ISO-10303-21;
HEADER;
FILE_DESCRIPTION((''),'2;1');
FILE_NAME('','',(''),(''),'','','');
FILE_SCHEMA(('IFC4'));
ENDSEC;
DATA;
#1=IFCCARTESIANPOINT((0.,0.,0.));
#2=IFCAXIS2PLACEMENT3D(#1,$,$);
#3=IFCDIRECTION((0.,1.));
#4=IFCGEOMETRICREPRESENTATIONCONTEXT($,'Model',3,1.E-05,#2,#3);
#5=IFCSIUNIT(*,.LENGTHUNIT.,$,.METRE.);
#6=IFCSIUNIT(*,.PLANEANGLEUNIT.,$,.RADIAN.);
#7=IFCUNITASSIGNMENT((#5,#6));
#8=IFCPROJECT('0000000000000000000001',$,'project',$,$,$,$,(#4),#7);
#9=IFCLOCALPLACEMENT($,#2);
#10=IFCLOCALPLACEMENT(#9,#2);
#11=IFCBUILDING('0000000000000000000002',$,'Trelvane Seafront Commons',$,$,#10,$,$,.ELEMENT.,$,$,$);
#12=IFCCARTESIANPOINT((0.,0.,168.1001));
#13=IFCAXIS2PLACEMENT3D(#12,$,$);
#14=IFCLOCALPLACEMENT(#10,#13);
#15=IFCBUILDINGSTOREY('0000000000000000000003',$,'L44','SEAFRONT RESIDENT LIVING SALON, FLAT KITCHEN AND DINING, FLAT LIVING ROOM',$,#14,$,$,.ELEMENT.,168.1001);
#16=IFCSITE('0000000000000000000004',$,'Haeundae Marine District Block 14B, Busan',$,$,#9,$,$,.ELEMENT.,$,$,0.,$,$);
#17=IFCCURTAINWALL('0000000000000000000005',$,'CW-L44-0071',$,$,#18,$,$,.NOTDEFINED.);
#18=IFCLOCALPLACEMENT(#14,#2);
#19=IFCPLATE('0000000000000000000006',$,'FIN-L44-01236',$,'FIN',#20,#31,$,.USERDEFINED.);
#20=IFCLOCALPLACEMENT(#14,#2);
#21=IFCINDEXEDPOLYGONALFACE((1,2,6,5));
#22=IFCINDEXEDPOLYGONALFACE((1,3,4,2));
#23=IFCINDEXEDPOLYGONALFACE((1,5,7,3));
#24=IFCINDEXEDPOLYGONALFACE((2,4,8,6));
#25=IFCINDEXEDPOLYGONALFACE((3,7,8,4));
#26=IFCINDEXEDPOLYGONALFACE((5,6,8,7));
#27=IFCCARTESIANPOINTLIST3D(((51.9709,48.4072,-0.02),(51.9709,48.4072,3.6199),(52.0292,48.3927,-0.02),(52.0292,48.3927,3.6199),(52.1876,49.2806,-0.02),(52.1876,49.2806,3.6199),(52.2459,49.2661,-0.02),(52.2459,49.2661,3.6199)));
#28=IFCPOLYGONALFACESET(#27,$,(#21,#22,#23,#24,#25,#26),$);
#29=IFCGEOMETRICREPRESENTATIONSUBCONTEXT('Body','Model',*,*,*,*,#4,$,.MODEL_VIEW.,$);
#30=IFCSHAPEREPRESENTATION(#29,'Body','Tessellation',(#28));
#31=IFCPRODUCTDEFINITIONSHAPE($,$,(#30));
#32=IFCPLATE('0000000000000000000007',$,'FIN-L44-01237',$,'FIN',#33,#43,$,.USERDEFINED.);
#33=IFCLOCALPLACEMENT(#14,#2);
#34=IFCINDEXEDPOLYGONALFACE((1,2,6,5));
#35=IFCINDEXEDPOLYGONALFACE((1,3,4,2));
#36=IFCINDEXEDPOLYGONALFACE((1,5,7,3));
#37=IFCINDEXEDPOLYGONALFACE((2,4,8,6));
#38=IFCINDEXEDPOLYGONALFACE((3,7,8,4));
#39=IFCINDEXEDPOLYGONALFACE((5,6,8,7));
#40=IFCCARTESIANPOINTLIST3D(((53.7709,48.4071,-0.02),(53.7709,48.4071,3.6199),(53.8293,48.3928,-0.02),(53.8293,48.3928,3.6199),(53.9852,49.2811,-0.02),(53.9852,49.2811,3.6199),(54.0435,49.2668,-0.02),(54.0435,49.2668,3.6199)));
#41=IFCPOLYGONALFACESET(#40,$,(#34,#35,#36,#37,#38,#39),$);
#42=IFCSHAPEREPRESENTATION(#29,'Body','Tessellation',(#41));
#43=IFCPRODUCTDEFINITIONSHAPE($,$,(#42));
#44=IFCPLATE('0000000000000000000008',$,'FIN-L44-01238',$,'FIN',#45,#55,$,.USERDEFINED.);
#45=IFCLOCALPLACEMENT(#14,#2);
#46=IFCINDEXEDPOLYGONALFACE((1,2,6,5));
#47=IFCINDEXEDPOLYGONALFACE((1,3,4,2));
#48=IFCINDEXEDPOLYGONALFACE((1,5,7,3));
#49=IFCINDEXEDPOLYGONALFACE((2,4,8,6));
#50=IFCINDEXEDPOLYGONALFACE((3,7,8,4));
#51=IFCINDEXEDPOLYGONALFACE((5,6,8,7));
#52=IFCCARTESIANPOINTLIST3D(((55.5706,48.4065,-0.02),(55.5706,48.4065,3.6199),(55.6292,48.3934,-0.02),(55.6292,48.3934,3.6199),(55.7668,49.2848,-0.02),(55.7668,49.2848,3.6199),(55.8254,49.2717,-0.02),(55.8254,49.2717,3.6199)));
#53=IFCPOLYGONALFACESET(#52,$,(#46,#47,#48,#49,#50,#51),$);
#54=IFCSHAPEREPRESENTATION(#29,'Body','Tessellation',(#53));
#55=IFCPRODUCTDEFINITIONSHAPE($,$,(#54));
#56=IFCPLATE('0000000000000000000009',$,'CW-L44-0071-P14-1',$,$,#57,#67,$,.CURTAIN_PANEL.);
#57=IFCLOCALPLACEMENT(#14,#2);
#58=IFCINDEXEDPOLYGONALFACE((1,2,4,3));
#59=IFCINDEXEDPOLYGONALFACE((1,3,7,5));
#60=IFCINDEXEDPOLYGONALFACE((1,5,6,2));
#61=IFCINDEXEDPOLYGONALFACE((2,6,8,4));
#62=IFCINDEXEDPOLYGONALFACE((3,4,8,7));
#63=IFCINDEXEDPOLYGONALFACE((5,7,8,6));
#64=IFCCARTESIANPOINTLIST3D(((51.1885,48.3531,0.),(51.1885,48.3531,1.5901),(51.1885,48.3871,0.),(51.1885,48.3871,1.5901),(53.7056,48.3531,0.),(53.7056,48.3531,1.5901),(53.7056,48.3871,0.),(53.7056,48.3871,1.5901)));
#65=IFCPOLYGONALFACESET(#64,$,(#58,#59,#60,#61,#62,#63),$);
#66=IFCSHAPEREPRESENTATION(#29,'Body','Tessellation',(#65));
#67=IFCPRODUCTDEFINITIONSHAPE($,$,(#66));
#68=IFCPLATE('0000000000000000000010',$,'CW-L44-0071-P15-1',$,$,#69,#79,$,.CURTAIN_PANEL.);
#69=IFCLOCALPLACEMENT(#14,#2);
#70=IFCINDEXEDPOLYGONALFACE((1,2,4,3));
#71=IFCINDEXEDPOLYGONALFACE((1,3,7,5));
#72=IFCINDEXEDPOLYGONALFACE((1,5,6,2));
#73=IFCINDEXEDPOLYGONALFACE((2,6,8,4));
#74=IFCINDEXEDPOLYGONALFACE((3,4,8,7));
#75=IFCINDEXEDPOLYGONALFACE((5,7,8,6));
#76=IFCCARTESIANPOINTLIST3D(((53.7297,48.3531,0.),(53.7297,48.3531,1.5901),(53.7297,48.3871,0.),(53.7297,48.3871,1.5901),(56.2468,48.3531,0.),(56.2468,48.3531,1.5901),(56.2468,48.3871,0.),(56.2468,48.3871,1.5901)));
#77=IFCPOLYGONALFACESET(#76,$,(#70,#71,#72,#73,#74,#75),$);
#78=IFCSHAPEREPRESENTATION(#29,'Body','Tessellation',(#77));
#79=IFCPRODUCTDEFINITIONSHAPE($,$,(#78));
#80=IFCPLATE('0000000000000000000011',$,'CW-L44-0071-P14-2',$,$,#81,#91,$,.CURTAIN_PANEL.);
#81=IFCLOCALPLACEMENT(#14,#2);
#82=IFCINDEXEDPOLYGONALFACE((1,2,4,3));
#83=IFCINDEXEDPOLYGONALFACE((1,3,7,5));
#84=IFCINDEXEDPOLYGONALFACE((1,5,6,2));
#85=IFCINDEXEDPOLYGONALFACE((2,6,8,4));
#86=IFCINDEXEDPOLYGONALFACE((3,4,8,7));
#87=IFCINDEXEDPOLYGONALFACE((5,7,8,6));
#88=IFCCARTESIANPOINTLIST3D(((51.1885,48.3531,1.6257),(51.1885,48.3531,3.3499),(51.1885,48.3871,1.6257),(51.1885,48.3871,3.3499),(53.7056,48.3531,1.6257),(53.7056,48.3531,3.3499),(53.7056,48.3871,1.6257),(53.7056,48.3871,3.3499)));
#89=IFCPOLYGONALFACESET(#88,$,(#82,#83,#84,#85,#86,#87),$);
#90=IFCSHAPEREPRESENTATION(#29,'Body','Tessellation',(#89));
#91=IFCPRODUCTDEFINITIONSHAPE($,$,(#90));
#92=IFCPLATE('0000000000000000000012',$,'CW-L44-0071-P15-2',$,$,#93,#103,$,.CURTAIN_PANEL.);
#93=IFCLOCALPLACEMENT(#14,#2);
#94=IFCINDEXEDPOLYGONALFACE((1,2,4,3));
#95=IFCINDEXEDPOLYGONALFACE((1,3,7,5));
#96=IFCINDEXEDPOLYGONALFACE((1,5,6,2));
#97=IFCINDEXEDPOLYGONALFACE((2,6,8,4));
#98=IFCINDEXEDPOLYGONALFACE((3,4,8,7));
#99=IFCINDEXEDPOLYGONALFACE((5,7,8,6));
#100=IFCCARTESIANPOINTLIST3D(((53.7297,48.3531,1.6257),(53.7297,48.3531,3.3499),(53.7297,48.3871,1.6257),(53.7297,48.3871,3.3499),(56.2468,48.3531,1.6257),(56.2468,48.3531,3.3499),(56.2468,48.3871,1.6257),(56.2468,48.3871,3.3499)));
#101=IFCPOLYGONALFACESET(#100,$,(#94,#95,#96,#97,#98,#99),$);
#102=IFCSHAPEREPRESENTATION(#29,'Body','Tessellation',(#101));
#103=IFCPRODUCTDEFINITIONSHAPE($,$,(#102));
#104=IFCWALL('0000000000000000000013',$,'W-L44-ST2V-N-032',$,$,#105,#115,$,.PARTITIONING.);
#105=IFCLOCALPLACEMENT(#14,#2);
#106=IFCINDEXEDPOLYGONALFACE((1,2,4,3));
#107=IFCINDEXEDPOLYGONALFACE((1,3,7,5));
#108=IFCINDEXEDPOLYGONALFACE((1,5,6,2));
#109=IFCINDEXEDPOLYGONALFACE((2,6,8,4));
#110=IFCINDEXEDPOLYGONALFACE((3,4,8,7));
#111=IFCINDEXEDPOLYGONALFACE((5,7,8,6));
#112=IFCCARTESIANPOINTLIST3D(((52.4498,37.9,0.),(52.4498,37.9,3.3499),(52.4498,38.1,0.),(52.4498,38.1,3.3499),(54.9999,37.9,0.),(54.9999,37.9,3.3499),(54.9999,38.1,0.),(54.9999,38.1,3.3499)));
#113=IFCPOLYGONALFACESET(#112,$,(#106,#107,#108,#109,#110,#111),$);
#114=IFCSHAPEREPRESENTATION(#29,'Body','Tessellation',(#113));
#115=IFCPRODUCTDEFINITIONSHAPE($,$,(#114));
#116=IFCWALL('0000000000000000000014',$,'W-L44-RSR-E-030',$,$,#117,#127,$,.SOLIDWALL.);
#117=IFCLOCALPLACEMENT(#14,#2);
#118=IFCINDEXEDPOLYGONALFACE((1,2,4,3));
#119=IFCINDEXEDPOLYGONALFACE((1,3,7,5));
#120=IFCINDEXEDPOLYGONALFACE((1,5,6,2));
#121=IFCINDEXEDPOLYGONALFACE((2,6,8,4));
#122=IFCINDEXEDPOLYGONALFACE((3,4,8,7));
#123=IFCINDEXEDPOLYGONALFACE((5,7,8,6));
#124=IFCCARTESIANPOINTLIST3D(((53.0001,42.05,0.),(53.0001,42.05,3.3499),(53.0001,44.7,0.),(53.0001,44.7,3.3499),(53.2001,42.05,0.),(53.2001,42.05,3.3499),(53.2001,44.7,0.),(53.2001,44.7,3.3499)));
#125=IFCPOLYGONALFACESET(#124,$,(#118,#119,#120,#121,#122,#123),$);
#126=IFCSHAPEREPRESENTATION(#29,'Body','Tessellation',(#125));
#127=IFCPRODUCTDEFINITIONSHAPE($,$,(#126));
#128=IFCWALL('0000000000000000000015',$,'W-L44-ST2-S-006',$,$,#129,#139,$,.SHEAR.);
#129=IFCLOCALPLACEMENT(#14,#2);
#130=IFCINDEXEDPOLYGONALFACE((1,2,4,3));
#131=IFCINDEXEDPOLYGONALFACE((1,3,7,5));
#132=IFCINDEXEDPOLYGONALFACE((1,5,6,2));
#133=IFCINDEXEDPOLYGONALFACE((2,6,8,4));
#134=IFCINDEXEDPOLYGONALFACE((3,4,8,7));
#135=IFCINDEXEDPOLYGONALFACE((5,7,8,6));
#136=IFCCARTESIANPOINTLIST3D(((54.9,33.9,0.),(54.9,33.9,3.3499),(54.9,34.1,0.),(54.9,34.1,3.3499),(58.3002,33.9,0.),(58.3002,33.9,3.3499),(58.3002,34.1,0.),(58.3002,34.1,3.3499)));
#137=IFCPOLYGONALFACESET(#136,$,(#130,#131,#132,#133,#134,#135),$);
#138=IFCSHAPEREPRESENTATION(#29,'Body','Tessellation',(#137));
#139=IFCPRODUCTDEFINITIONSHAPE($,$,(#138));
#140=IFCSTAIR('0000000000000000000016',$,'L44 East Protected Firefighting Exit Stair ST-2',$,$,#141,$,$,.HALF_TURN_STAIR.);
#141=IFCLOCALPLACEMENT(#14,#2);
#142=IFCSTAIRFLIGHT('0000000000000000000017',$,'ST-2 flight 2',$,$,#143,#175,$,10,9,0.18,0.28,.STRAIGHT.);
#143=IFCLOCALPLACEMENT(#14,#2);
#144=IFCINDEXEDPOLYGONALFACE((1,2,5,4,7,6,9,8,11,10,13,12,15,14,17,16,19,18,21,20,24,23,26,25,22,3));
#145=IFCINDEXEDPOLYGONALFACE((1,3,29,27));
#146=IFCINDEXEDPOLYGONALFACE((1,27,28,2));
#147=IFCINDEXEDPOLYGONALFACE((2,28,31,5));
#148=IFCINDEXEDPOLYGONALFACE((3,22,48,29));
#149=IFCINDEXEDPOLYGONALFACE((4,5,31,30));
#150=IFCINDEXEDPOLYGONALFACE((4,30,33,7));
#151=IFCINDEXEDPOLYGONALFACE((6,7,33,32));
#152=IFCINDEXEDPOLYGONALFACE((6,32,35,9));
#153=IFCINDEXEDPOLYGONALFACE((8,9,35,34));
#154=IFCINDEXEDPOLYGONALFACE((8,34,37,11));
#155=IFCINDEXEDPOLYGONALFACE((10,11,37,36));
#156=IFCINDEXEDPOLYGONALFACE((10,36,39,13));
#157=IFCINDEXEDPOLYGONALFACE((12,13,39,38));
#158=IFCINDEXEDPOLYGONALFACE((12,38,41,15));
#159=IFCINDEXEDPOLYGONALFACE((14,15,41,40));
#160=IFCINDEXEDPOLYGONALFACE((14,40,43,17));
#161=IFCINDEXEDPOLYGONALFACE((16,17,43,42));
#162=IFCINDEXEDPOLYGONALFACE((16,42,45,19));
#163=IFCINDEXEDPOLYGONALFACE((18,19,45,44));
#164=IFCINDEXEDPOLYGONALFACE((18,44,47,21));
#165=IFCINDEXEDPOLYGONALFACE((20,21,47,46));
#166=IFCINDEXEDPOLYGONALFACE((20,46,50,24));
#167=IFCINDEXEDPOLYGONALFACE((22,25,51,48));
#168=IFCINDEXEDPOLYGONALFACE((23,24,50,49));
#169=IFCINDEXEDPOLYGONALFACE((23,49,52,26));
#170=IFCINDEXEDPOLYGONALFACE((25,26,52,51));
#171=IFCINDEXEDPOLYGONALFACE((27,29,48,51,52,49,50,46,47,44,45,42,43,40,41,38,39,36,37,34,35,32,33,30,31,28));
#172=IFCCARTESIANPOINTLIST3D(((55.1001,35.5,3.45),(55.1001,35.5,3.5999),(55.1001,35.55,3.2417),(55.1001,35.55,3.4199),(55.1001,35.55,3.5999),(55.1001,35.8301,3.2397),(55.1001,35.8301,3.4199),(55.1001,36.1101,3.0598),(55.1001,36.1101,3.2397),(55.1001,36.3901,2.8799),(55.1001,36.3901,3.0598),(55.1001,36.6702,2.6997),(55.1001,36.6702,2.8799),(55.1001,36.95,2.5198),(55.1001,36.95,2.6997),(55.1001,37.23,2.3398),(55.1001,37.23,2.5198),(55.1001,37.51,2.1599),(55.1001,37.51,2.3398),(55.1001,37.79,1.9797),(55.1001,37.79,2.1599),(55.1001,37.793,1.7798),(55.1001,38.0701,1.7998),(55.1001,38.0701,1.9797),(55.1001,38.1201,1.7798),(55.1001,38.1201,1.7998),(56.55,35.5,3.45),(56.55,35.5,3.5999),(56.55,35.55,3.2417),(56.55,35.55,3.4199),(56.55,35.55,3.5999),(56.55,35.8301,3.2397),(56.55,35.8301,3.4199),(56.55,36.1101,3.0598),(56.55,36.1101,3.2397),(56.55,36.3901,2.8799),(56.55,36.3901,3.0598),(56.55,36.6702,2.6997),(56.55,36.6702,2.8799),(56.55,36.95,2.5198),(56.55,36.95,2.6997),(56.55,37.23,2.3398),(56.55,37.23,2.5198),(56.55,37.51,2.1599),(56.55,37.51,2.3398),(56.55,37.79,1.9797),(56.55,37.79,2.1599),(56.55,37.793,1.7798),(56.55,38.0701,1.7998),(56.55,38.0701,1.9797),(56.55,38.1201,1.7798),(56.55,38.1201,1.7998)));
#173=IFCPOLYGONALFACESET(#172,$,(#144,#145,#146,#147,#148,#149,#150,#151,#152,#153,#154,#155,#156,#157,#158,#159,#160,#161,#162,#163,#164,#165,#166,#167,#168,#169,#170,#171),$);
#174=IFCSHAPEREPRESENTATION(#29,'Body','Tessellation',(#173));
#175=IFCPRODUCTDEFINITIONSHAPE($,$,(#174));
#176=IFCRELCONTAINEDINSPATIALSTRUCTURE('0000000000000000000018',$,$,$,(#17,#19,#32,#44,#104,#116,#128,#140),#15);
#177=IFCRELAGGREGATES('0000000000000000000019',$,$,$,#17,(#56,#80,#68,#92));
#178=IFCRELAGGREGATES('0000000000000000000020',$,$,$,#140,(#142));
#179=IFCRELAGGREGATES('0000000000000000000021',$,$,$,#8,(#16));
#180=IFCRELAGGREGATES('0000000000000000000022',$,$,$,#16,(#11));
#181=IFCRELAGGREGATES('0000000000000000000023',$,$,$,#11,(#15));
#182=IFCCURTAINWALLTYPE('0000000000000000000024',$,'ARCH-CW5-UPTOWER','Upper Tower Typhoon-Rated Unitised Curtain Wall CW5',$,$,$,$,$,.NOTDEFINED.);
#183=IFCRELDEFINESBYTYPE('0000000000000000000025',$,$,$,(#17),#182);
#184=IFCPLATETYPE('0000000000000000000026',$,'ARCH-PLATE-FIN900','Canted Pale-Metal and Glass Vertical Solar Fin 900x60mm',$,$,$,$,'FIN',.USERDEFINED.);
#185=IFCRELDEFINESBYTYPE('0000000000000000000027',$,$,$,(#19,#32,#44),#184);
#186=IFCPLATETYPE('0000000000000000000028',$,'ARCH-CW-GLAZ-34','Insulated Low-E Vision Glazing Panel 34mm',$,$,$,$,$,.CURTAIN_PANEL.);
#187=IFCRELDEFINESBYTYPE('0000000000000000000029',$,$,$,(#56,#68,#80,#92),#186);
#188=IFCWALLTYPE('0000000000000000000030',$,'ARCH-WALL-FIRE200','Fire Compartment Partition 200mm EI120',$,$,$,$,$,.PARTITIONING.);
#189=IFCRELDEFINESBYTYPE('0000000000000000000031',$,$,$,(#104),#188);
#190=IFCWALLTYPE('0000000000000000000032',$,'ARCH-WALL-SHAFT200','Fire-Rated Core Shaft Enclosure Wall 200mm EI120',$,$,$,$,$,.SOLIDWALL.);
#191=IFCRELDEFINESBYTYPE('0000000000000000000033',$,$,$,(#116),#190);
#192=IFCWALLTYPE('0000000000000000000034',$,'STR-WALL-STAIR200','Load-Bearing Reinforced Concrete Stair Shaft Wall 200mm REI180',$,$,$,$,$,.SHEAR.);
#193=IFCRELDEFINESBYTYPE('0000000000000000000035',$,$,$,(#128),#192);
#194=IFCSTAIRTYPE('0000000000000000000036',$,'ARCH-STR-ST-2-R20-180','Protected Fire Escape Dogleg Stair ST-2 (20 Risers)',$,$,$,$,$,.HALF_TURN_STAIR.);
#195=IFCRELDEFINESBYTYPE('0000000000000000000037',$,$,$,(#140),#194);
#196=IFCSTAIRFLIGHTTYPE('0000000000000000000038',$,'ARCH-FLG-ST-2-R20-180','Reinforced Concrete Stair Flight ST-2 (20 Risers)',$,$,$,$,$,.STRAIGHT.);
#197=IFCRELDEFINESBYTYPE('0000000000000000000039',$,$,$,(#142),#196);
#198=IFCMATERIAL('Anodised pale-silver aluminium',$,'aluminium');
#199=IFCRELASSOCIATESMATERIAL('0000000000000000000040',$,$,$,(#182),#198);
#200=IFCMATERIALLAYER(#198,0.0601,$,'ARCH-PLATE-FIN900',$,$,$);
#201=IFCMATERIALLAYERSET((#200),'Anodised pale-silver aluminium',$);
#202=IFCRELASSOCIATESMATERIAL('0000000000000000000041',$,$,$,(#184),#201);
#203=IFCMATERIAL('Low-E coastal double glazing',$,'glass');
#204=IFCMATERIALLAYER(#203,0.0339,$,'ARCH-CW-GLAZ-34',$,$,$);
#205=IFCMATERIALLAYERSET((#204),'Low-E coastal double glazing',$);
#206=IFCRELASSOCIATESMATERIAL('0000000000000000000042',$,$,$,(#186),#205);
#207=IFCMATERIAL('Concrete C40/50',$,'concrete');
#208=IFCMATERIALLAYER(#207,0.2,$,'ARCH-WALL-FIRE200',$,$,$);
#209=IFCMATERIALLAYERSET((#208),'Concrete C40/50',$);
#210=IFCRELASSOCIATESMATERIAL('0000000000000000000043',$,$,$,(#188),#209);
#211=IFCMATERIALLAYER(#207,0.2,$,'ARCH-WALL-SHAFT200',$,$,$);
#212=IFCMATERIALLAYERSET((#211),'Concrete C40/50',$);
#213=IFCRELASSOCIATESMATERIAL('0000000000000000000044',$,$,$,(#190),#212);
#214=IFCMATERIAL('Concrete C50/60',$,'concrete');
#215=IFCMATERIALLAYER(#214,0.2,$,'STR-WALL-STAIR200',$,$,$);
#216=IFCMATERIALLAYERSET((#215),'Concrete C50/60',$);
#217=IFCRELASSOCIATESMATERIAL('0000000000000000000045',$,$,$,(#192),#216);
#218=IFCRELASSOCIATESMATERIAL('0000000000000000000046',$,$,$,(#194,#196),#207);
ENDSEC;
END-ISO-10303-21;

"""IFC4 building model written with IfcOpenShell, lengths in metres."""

from ifc_helpers import new_model, si_unit, direction, frame, frame_2d, origin, origin_2d, place, context, subcontext, project, spatial, polyline, rectangle, outline, extrude, source, transform, mapped, material, layer, layer_set, type_object, element, aggregate, save


model = new_model("IFC4")

# Units and contexts
model_context = context("Model", 3, precision=1e-05, world=origin(), true_north=direction((0.0, 1.0)))
body_context = subcontext(model_context, "Body", "Model", "MODEL_VIEW")
ifc_project = project(units=[si_unit("LENGTHUNIT", "METRE"), si_unit("PLANEANGLEUNIT", "RADIAN")], contexts=[model_context])

# Site, building, storey
site_placement = place(None, origin())
site = spatial("IfcSite", under=ifc_project, at=site_placement, Name="Haeundae Marine District Block 14B, Busan", CompositionType="ELEMENT", RefElevation=0.0)
building_placement = place(site_placement, origin())
building = spatial("IfcBuilding", under=site, at=building_placement, Name="Trelvane Seafront Commons", CompositionType="ELEMENT")
storey_placement = place(building_placement, frame((0.0, 0.0, 168.1001)))
storey = spatial("IfcBuildingStorey", under=building, at=storey_placement, Name="L44", Description="SEAFRONT RESIDENT LIVING SALON, FLAT KITCHEN AND DINING, FLAT LIVING ROOM", CompositionType="ELEMENT", Elevation=168.1001)

# Shared definitions
ifc_material_1 = material(Name="Concrete C50/60", Category="concrete")

# Curtain wall
ifc_material_2 = material(Name="Anodised pale-silver aluminium", Category="aluminium")
curtain_wall_type = type_object("IfcCurtainWallType", Name="ARCH-CW5-UPTOWER", Description="Upper Tower Typhoon-Rated Unitised Curtain Wall CW5", PredefinedType="NOTDEFINED", material=ifc_material_2)
curtain_wall_placement = place(storey_placement, origin())
curtain_wall = element("IfcCurtainWall", 1, at=curtain_wall_placement, inside=storey, type_object=curtain_wall_type, Name="CW-L44-0071", PredefinedType="NOTDEFINED")

# Plates
ifc_layer_1 = layer(ifc_material_2, 0.0601, Name="ARCH-PLATE-FIN900")
ifc_layer_set_1 = layer_set([ifc_layer_1], Name="Anodised pale-silver aluminium")
plate_type_1 = type_object("IfcPlateType", Name="ARCH-PLATE-FIN900", Description="Canted Pale-Metal and Glass Vertical Solar Fin 900x60mm", ElementType="FIN", PredefinedType="USERDEFINED", material=ifc_layer_set_1)
shared_shape_1 = source(origin(), body_context, "Body", "SweptSolid", [
    extrude(rectangle(XDim=0.8999, YDim=0.0601, at=origin_2d()), origin(), (0.0, 0.0, 1.0), 3.6399),
])
for number, where, z_axis, x_axis, name in (
    (2, (52.1084, 48.8367, -0.02), (0.0, 0.0, 1.0), (0.240889, 0.970553, 0.0), "FIN-L44-01236"),
    (3, (53.9072, 48.8369, -0.02), (0.0, 0.0, 1.0), (0.238115, 0.971237, 0.0), "FIN-L44-01237"),
    (4, (55.698, 48.8391, -0.02), (0.0, 0.0, 1.0), (0.21799, 0.975951, 0.0), "FIN-L44-01238"),
):
    element("IfcPlate", number, at=place(storey_placement, frame(where, z_axis=z_axis, x_axis=x_axis)), inside=storey, type_object=plate_type_1, Name=name, ObjectType="FIN", PredefinedType="USERDEFINED", context=body_context, shape_type="MappedRepresentation", body=[
        mapped(shared_shape_1, transform((0.0, 0.0, 0.0), x_axis=(1.0, 0.0, 0.0), y_axis=(0.0, 1.0, 0.0), z_axis=(0.0, 0.0, 1.0), scale=1.0)),
    ])

# Plates
ifc_material_3 = material(Name="Low-E coastal double glazing", Category="glass")
ifc_layer_2 = layer(ifc_material_3, 0.0339, Name="ARCH-CW-GLAZ-34")
ifc_layer_set_2 = layer_set([ifc_layer_2], Name="Low-E coastal double glazing")
plate_type_2 = type_object("IfcPlateType", Name="ARCH-CW-GLAZ-34", Description="Insulated Low-E Vision Glazing Panel 34mm", PredefinedType="CURTAIN_PANEL", material=ifc_layer_set_2)
shared_shape_2 = source(origin(), body_context, "Body", "SweptSolid", [
    extrude(rectangle(XDim=2.5171, YDim=0.0339, at=origin_2d()), origin(), (0.0, 0.0, 1.0), 1.5901),
])
plate_1_placement = place(storey_placement, frame((52.447, 48.3701, 0.0), z_axis=(0.0, 0.0, 1.0), x_axis=(1.0, 0.0, 0.0)))
plate_1 = element("IfcPlate", 5, at=plate_1_placement, type_object=plate_type_2, Name="CW-L44-0071-P14-1", PredefinedType="CURTAIN_PANEL", context=body_context, shape_type="MappedRepresentation", body=[
    mapped(shared_shape_2, transform((0.0, 0.0, 0.0), x_axis=(1.0, 0.0, 0.0), y_axis=(0.0, 1.0, 0.0), z_axis=(0.0, 0.0, 1.0), scale=1.0)),
])
plate_2_placement = place(storey_placement, frame((54.9883, 48.3701, 0.0), z_axis=(0.0, 0.0, 1.0), x_axis=(1.0, 0.0, 0.0)))
plate_2 = element("IfcPlate", 6, at=plate_2_placement, type_object=plate_type_2, Name="CW-L44-0071-P15-1", PredefinedType="CURTAIN_PANEL", context=body_context, shape_type="MappedRepresentation", body=[
    mapped(shared_shape_2, transform((0.0, 0.0, 0.0), x_axis=(1.0, 0.0, 0.0), y_axis=(0.0, 1.0, 0.0), z_axis=(0.0, 0.0, 1.0), scale=1.0)),
])
shared_shape_3 = source(origin(), body_context, "Body", "SweptSolid", [
    extrude(rectangle(XDim=2.5171, YDim=0.0339, at=origin_2d()), origin(), (0.0, 0.0, 1.0), 1.7241),
])
plate_3_placement = place(storey_placement, frame((52.447, 48.3701, 1.6257), z_axis=(0.0, 0.0, 1.0), x_axis=(1.0, 0.0, 0.0)))
plate_3 = element("IfcPlate", 7, at=plate_3_placement, type_object=plate_type_2, Name="CW-L44-0071-P14-2", PredefinedType="CURTAIN_PANEL", context=body_context, shape_type="MappedRepresentation", body=[
    mapped(shared_shape_3, transform((0.0, 0.0, 0.0), x_axis=(1.0, 0.0, 0.0), y_axis=(0.0, 1.0, 0.0), z_axis=(0.0, 0.0, 1.0), scale=1.0)),
])
plate_4_placement = place(storey_placement, frame((54.9883, 48.3701, 1.6257), z_axis=(0.0, 0.0, 1.0), x_axis=(1.0, 0.0, 0.0)))
plate_4 = element("IfcPlate", 8, at=plate_4_placement, type_object=plate_type_2, Name="CW-L44-0071-P15-2", PredefinedType="CURTAIN_PANEL", context=body_context, shape_type="MappedRepresentation", body=[
    mapped(shared_shape_3, transform((0.0, 0.0, 0.0), x_axis=(1.0, 0.0, 0.0), y_axis=(0.0, 1.0, 0.0), z_axis=(0.0, 0.0, 1.0), scale=1.0)),
])
aggregate(curtain_wall, [plate_1, plate_3, plate_2, plate_4])

# Walls
ifc_material_4 = material(Name="Concrete C40/50", Category="concrete")
ifc_layer_3 = layer(ifc_material_4, 0.2, Name="ARCH-WALL-FIRE200")
ifc_layer_set_3 = layer_set([ifc_layer_3], Name="Concrete C40/50")
wall_type_1 = type_object("IfcWallType", Name="ARCH-WALL-FIRE200", Description="Fire Compartment Partition 200mm EI120", PredefinedType="PARTITIONING", material=ifc_layer_set_3)
wall_1_placement = place(storey_placement, frame((52.45, 38.0, 0.0), z_axis=(0.0, 0.0, 1.0), x_axis=(1.0, 0.0, 0.0)))
element("IfcWall", 9, at=wall_1_placement, inside=storey, type_object=wall_type_1, Name="W-L44-ST2V-N-032", PredefinedType="PARTITIONING", context=body_context, shape_type="SweptSolid", body=[
    extrude(rectangle(XDim=2.55, YDim=0.2, at=frame_2d((1.2749, 0.0))), origin(), (0.0, 0.0, 1.0), 3.3499),
])
ifc_layer_4 = layer(ifc_material_4, 0.2, Name="ARCH-WALL-SHAFT200")
ifc_layer_set_4 = layer_set([ifc_layer_4], Name="Concrete C40/50")
wall_type_2 = type_object("IfcWallType", Name="ARCH-WALL-SHAFT200", Description="Fire-Rated Core Shaft Enclosure Wall 200mm EI120", PredefinedType="SOLIDWALL", material=ifc_layer_set_4)
wall_2_placement = place(storey_placement, frame((53.1001, 42.05, 0.0), z_axis=(0.0, 0.0, 1.0), x_axis=(0.0, 1.0, 0.0)))
element("IfcWall", 10, at=wall_2_placement, inside=storey, type_object=wall_type_2, Name="W-L44-RSR-E-030", PredefinedType="SOLIDWALL", context=body_context, shape_type="SweptSolid", body=[
    extrude(rectangle(XDim=2.6499, YDim=0.2, at=frame_2d((1.325, 0.0))), origin(), (0.0, 0.0, 1.0), 3.3499),
])
ifc_layer_5 = layer(ifc_material_1, 0.2, Name="STR-WALL-STAIR200")
ifc_layer_set_5 = layer_set([ifc_layer_5], Name="Concrete C50/60")
wall_type_3 = type_object("IfcWallType", Name="STR-WALL-STAIR200", Description="Load-Bearing Reinforced Concrete Stair Shaft Wall 200mm REI180", PredefinedType="SHEAR", material=ifc_layer_set_5)
wall_3_placement = place(storey_placement, frame((54.8999, 34.0, 0.0), z_axis=(0.0, 0.0, 1.0), x_axis=(1.0, 0.0, 0.0)))
element("IfcWall", 11, at=wall_3_placement, inside=storey, type_object=wall_type_3, Name="W-L44-ST2-S-006", PredefinedType="SHEAR", context=body_context, shape_type="SweptSolid", body=[
    extrude(rectangle(XDim=3.4001, YDim=0.2, at=frame_2d((1.7002, 0.0))), origin(), (0.0, 0.0, 1.0), 3.3499),
])

# Stair, stair flight
stair_type = type_object("IfcStairType", Name="ARCH-STR-ST-2-R20-180", Description="Protected Fire Escape Dogleg Stair ST-2 (20 Risers)", PredefinedType="HALF_TURN_STAIR", material=ifc_material_4)
stair_placement = place(storey_placement, origin())
stair = element("IfcStair", 12, at=stair_placement, inside=storey, type_object=stair_type, Name="L44 East Protected Firefighting Exit Stair ST-2", PredefinedType="HALF_TURN_STAIR")
stair_flight_type = type_object("IfcStairFlightType", Name="ARCH-FLG-ST-2-R20-180", Description="Reinforced Concrete Stair Flight ST-2 (20 Risers)", PredefinedType="STRAIGHT", material=ifc_material_4)
shared_shape_4 = source(origin(), body_context, "Body", "SweptSolid", [
    extrude(outline(polyline([(-0.05, -0.02), (-0.05, 0.0), (0.0, 0.0), (0.0, 0.1799), (0.28, 0.1799), (0.28, 0.3601), (0.5601, 0.3601), (0.5601, 0.54), (0.8401, 0.54), (0.8401, 0.72), (1.1201, 0.72), (1.1201, 0.8999), (1.3999, 0.8999), (1.3999, 1.0801), (1.6799, 1.0801), (1.6799, 1.26), (1.96, 1.26), (1.96, 1.4399), (2.24, 1.4399), (2.24, 1.6201), (2.52, 1.6201), (2.52, 1.8), (2.5701, 1.8), (2.5701, 1.6501), (2.52, 1.4419), (0.2771, -0.02), (-0.05, -0.02)])), frame((0.0, 0.7251, 0.0), z_axis=(0.0, -1.0, 0.0), x_axis=(1.0, 0.0, 0.0)), (0.0, 0.0, 1.0), 1.45),
])
stair_flight_placement = place(storey_placement, frame((55.825, 38.0701, 1.7998), z_axis=(0.0, 0.0, 1.0), x_axis=(0.0, -1.0, 0.0)))
stair_flight = element("IfcStairFlight", 13, at=stair_flight_placement, type_object=stair_flight_type, Name="ST-2 flight 2", NumberOfRisers=10, NumberOfTreads=9, PredefinedType="STRAIGHT", RiserHeight=0.18, TreadLength=0.28, context=body_context, shape_type="MappedRepresentation", body=[
    mapped(shared_shape_4, transform((0.0, 0.0, 0.0), x_axis=(1.0, 0.0, 0.0), y_axis=(0.0, 1.0, 0.0), z_axis=(0.0, 0.0, 1.0), scale=1.0)),
])
aggregate(stair, [stair_flight])

save(model, "model.ifc")
